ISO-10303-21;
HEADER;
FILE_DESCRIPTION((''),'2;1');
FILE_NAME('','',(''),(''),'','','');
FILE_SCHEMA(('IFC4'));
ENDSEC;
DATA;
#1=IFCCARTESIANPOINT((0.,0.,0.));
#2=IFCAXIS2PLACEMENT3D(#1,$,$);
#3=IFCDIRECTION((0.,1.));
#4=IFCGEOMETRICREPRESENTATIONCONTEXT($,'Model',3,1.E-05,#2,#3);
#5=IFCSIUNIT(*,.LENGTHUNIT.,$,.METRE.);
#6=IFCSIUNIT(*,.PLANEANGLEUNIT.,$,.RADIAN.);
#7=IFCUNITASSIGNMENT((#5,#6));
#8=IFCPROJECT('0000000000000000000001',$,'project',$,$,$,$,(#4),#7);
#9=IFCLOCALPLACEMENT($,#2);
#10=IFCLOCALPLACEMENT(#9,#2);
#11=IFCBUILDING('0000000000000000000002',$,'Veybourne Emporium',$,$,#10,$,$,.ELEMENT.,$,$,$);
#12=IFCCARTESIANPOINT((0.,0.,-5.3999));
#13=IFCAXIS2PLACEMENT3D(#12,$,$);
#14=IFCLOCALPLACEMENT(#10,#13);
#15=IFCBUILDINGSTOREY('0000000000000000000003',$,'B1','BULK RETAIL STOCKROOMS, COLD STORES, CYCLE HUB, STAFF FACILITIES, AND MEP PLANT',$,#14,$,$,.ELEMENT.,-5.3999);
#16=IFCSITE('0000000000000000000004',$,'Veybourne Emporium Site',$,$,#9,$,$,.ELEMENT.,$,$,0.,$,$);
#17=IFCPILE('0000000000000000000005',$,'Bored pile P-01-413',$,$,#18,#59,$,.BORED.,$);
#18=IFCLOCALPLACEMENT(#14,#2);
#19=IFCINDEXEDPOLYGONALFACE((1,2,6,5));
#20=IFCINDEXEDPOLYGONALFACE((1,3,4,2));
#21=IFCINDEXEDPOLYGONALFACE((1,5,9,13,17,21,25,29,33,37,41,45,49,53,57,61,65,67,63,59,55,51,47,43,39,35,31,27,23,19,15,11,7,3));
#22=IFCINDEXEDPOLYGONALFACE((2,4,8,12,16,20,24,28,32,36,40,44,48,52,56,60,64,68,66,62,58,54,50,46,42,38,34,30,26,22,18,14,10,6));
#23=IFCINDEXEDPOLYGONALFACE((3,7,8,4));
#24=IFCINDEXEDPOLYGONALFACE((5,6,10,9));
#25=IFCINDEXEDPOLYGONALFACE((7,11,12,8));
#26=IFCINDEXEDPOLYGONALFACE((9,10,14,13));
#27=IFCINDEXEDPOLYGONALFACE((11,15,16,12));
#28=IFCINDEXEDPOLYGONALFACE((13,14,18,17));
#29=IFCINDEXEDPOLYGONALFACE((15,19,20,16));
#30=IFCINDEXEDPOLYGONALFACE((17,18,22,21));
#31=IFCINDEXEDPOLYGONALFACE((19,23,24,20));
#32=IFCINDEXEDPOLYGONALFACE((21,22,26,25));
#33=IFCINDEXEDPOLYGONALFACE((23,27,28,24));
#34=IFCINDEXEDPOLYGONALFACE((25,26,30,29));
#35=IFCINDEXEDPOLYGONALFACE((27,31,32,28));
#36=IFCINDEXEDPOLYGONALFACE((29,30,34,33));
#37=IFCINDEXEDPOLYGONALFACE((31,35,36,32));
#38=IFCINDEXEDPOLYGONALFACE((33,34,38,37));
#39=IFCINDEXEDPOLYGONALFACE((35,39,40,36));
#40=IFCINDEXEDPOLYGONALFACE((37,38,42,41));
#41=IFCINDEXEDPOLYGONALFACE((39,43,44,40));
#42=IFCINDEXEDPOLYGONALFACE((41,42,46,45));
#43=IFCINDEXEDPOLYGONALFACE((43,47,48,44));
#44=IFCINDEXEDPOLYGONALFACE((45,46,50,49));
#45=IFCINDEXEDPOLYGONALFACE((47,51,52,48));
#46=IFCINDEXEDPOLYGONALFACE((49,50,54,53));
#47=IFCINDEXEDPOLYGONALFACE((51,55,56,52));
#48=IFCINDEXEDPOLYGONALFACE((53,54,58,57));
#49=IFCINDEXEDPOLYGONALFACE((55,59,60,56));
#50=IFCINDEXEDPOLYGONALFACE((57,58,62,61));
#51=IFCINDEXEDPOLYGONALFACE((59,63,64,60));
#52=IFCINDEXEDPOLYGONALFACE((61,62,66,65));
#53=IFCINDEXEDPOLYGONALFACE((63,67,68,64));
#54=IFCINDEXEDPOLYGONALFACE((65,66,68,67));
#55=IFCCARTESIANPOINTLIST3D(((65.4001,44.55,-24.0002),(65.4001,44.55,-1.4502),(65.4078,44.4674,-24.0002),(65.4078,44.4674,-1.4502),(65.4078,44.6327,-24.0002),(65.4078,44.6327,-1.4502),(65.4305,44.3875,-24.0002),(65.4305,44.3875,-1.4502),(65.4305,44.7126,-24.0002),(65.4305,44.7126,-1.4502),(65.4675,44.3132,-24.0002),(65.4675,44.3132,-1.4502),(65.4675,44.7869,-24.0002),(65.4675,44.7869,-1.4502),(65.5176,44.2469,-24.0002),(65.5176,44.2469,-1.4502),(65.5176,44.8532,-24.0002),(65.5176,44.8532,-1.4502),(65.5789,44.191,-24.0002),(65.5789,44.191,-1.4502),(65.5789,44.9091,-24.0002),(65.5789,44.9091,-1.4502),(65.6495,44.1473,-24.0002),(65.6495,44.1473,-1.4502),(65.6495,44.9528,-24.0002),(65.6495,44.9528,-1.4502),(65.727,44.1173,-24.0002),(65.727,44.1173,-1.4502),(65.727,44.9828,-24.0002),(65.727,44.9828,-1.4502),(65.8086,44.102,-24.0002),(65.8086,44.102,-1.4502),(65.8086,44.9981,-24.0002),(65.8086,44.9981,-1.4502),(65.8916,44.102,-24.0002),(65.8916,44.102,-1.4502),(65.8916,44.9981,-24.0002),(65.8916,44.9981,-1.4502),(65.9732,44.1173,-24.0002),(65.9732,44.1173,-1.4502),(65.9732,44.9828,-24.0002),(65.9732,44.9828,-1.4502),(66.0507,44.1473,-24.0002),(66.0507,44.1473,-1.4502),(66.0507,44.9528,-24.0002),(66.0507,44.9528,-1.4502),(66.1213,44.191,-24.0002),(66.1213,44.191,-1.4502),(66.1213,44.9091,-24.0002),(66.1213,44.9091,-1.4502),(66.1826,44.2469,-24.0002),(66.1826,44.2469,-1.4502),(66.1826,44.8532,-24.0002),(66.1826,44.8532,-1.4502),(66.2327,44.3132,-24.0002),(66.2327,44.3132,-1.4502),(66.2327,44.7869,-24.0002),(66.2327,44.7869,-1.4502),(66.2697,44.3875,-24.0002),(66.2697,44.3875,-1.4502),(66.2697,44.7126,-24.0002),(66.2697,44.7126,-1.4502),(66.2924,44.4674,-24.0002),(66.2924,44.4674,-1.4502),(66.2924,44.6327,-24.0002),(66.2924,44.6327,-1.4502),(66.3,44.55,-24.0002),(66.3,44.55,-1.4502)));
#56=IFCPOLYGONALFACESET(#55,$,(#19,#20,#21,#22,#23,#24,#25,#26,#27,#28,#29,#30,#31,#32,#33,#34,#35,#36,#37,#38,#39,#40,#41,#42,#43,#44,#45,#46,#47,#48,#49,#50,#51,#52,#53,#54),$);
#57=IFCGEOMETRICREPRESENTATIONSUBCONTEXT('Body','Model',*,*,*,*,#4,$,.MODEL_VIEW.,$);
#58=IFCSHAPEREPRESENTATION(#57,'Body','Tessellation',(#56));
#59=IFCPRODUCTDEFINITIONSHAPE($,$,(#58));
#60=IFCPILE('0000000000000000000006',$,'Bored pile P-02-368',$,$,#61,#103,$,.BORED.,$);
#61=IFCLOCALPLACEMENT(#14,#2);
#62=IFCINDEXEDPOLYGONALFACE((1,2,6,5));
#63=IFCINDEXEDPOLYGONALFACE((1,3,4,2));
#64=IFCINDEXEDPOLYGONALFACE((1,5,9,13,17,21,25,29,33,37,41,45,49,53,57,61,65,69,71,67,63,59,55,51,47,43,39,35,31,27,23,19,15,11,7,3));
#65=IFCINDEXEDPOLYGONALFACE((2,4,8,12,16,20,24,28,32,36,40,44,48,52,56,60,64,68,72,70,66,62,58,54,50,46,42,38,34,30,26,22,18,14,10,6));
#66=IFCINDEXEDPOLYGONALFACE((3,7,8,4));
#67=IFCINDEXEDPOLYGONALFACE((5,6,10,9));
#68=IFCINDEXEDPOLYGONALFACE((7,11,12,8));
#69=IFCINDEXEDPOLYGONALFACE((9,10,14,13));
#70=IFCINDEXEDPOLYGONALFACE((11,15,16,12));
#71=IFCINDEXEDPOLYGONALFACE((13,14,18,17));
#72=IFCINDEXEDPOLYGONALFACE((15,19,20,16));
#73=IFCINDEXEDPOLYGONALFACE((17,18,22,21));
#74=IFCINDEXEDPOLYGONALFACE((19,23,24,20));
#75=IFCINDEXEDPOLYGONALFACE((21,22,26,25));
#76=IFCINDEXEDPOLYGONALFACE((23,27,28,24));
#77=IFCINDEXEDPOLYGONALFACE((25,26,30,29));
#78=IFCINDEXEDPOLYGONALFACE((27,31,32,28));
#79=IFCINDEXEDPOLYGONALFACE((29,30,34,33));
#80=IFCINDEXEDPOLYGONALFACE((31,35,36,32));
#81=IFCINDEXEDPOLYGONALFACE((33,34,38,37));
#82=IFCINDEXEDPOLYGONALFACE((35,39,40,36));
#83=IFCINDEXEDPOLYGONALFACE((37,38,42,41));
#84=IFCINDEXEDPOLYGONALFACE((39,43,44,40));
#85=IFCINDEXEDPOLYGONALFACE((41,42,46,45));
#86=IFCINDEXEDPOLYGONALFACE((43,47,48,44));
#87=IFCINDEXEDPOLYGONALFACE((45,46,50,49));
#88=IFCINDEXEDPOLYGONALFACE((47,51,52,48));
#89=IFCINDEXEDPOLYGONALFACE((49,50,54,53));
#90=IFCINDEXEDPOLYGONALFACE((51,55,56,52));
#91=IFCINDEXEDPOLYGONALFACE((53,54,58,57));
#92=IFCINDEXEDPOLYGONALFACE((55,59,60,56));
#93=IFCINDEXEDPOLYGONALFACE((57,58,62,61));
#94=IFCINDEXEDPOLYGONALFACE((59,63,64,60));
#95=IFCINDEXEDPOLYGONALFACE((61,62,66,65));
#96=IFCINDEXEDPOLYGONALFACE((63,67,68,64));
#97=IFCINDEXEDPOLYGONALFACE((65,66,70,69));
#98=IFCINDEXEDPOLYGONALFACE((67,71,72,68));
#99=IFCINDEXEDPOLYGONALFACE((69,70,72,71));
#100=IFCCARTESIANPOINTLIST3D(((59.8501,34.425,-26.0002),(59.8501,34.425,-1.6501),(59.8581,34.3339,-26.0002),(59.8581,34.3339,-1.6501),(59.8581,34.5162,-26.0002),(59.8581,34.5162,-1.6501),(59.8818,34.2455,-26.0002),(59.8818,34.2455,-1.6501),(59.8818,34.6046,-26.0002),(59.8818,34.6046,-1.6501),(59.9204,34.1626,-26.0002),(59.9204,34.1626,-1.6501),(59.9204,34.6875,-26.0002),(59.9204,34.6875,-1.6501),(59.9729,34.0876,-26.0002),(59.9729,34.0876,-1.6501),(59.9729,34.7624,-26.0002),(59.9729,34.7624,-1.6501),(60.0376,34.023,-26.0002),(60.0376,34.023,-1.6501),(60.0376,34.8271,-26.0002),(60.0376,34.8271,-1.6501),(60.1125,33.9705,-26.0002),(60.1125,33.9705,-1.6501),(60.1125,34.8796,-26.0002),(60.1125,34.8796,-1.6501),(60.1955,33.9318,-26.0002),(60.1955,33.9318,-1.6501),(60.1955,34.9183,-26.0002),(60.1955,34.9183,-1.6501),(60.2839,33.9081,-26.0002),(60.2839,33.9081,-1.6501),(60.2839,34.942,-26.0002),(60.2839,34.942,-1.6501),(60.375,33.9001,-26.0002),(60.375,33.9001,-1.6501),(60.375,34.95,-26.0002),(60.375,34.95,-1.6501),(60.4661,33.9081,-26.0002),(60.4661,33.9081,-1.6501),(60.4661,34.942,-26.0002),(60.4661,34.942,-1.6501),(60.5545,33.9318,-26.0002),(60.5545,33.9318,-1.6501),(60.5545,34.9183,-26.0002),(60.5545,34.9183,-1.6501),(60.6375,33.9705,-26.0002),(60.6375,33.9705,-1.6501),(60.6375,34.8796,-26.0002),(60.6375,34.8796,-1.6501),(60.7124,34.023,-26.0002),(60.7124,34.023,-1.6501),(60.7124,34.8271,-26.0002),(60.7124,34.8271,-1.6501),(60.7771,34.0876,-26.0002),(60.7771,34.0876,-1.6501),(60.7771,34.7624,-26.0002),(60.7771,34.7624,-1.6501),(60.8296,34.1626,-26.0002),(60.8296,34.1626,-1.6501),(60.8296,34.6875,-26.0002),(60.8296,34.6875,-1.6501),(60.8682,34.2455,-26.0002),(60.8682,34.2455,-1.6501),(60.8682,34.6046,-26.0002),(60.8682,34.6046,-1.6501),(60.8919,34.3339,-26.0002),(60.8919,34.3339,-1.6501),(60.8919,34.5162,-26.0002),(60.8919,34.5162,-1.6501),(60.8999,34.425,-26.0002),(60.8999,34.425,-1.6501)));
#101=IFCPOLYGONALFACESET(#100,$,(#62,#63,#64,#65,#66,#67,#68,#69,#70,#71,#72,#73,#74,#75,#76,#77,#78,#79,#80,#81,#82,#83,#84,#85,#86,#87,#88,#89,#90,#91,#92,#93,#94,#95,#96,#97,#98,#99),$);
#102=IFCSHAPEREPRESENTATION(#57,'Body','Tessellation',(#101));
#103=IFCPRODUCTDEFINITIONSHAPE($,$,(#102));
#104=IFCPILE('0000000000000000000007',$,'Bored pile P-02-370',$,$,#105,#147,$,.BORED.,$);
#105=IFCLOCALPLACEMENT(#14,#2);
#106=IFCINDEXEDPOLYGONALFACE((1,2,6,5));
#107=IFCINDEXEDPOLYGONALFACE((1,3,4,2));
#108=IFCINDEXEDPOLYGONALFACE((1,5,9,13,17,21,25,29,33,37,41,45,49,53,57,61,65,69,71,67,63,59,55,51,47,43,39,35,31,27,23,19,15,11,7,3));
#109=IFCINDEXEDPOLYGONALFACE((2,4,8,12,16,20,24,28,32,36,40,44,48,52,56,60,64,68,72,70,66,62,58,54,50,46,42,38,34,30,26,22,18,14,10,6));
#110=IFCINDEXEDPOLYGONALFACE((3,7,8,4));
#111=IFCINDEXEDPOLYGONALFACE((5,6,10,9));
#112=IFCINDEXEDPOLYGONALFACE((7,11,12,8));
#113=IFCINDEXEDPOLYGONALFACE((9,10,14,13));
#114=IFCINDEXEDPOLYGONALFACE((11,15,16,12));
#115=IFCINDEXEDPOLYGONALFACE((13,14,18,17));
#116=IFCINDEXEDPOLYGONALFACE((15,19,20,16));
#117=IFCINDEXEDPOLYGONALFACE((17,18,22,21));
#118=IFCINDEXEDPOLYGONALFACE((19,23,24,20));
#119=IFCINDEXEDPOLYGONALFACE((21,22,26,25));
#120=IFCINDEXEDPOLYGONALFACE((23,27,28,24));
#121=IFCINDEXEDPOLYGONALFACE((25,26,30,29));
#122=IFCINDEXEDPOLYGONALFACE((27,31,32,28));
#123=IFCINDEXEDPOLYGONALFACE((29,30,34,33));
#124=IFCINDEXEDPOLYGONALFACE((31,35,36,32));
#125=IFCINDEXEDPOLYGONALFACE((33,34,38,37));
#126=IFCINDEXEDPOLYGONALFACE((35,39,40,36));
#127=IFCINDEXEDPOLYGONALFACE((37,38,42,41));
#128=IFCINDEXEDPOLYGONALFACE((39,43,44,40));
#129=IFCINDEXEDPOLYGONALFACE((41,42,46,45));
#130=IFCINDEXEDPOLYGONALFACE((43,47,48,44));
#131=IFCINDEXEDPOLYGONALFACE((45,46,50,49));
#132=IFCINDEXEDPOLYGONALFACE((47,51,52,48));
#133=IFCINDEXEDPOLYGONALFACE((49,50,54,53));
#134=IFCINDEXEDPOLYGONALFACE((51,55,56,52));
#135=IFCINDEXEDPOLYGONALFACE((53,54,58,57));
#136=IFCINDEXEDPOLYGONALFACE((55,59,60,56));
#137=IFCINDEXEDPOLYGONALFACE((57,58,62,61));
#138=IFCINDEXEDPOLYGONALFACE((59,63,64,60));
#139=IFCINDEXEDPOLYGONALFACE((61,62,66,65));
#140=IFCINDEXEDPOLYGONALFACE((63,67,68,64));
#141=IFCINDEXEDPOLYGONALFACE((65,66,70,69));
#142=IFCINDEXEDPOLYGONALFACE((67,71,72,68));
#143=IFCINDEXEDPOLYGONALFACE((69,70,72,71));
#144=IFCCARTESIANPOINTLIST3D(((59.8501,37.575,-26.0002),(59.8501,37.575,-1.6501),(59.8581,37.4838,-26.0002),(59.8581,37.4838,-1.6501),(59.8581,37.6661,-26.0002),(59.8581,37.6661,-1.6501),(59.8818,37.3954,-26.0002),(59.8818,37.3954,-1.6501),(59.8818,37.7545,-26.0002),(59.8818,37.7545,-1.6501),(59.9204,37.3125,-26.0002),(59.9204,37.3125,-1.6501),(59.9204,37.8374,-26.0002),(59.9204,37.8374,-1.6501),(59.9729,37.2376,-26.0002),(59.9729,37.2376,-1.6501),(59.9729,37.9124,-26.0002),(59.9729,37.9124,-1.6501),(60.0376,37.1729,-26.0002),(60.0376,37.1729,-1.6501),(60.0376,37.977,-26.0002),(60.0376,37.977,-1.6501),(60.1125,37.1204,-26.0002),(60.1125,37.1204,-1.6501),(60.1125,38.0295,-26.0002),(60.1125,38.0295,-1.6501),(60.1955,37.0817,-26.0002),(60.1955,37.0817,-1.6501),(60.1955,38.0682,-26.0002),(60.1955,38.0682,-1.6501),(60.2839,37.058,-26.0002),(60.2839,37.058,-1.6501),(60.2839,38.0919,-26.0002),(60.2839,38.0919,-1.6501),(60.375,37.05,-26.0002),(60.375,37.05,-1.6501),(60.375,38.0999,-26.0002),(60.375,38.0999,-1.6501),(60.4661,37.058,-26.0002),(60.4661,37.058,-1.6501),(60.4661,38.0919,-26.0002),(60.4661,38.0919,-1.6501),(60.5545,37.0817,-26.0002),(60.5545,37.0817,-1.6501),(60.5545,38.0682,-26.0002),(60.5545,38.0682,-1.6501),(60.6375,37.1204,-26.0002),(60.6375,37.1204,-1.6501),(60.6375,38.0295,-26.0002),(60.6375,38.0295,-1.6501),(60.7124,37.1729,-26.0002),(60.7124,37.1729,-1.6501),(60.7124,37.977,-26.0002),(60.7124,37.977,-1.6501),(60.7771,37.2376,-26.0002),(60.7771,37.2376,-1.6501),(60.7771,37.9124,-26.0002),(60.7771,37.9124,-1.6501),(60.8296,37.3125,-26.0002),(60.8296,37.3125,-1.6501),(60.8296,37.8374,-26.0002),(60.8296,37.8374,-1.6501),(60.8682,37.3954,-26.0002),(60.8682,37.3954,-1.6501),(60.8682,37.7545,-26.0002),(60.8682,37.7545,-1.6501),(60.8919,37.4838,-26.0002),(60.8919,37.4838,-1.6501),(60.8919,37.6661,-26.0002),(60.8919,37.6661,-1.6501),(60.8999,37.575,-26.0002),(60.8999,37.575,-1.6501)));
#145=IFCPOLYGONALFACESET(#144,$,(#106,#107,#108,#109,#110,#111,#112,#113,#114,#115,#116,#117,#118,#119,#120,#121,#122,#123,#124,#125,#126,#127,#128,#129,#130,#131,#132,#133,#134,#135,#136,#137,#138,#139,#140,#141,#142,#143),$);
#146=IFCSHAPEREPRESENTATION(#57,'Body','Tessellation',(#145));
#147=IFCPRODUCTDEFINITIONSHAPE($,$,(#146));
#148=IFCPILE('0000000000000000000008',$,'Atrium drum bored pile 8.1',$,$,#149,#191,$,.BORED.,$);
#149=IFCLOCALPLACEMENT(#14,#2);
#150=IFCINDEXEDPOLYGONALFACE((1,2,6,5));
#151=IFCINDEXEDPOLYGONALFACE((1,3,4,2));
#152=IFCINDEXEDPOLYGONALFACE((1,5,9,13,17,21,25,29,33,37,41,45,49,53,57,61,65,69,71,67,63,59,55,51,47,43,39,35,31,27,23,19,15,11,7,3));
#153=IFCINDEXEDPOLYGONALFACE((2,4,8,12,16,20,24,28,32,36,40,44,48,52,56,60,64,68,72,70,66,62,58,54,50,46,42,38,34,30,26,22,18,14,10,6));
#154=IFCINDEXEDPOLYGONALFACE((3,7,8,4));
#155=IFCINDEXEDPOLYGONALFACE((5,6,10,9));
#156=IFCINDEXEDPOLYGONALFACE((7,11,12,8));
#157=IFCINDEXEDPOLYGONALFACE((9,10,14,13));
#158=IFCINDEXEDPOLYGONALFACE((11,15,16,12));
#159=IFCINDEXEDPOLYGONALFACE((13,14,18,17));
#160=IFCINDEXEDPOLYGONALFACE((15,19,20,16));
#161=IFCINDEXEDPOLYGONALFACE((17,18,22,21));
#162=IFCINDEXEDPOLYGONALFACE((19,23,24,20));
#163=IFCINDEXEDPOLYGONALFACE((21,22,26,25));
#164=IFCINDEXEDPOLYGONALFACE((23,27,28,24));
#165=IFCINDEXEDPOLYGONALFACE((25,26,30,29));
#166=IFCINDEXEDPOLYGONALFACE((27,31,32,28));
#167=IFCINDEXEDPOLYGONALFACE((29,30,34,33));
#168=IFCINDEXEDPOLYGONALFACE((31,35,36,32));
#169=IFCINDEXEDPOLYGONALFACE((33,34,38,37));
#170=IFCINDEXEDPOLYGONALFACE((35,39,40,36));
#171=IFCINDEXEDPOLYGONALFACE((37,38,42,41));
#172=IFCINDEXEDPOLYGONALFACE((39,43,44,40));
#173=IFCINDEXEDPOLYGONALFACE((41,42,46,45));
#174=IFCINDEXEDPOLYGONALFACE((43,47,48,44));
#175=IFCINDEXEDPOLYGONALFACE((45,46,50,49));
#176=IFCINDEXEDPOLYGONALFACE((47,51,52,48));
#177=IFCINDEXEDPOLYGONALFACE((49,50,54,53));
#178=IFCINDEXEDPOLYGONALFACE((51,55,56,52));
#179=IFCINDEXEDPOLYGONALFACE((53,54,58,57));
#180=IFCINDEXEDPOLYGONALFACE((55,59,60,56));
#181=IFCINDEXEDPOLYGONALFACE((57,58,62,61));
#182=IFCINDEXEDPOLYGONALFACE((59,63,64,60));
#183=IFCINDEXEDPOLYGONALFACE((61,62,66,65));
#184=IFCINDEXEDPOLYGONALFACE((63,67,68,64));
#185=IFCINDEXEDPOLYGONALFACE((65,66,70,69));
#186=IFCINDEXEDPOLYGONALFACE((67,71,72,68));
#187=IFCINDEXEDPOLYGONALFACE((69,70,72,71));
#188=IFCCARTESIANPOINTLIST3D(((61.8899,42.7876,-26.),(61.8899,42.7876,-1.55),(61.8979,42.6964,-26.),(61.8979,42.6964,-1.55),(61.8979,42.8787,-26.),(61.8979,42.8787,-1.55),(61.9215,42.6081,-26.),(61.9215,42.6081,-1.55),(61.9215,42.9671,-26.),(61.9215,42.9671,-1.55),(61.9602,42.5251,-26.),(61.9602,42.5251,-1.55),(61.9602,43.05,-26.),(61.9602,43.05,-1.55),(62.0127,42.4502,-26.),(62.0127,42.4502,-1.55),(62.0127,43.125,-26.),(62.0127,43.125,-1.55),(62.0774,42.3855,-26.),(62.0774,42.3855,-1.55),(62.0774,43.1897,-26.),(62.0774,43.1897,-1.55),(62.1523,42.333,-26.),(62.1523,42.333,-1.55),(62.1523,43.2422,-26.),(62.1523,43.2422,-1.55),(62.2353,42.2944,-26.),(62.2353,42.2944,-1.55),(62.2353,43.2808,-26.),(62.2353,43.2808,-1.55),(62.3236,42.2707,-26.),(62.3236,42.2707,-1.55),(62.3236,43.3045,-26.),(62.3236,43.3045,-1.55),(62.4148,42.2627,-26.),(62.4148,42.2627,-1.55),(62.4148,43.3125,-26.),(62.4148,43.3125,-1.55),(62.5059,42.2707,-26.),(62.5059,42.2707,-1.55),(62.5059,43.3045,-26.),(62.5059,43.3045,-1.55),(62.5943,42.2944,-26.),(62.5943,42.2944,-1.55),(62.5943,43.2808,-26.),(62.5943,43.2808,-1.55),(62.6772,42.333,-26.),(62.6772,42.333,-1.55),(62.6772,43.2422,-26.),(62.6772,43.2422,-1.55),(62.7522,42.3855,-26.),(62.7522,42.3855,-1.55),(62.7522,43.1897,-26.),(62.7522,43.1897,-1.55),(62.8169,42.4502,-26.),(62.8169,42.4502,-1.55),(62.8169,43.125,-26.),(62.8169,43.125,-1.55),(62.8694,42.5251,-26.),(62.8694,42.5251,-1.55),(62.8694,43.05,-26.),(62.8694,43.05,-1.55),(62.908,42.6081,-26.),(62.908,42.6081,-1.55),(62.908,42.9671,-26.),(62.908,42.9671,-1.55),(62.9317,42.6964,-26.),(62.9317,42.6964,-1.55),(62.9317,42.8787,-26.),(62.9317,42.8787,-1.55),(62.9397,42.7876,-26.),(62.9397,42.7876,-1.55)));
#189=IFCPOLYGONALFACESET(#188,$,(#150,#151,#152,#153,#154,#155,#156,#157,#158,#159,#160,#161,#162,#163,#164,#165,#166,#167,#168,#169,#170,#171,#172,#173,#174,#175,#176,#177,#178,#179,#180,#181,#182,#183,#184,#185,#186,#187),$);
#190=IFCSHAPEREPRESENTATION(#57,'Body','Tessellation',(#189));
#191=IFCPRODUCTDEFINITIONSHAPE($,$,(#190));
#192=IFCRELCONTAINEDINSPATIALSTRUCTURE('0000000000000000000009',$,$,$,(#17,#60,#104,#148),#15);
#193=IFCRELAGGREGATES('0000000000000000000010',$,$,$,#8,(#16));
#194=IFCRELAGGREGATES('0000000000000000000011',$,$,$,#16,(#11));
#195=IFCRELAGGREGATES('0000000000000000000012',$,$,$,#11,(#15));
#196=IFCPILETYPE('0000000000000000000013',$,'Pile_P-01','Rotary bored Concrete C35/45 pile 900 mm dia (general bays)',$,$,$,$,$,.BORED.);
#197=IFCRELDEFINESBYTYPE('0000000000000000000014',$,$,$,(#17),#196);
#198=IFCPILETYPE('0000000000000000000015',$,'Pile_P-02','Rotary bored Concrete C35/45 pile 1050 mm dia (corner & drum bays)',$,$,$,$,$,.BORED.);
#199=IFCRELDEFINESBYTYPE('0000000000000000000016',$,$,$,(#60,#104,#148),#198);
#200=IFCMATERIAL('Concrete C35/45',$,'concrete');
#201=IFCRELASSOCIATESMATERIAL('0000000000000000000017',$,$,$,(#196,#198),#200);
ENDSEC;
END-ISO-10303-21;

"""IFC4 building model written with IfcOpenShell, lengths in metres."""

from ifc_helpers import new_model, si_unit, direction, frame, origin, origin_2d, place, context, subcontext, project, spatial, circle, extrude, material, material_profile, profile_set, type_object, element, save


model = new_model("IFC4")

# Units and contexts
model_context = context("Model", 3, precision=1e-05, world=origin(), true_north=direction((0.0, 1.0)))
body_context = subcontext(model_context, "Body", "Model", "MODEL_VIEW")
ifc_project = project(units=[si_unit("LENGTHUNIT", "METRE"), si_unit("PLANEANGLEUNIT", "RADIAN")], contexts=[model_context])

# Site, building, storey
site_placement = place(None, origin())
site = spatial("IfcSite", under=ifc_project, at=site_placement, Name="Veybourne Emporium Site", CompositionType="ELEMENT", RefElevation=0.0)
building_placement = place(site_placement, origin())
building = spatial("IfcBuilding", under=site, at=building_placement, Name="Veybourne Emporium", CompositionType="ELEMENT")
storey_placement = place(building_placement, frame((0.0, 0.0, -5.3999)))
storey = spatial("IfcBuildingStorey", under=building, at=storey_placement, Name="B1", Description="BULK RETAIL STOCKROOMS, COLD STORES, CYCLE HUB, STAFF FACILITIES, AND MEP PLANT", CompositionType="ELEMENT", Elevation=-5.3999)

# Shared definitions
ifc_material_1 = material(Name="Concrete C35/45", Category="concrete")

# Piles
ifc_material_profile_1 = material_profile(ifc_material_1, circle(Radius=0.45, at=origin_2d()), Name="BORED PILE 900")
ifc_profile_set_1 = profile_set([ifc_material_profile_1], Name="Concrete C35/45")
pile_type_1 = type_object("IfcPileType", Name="Pile_P-01", Description="Rotary bored Concrete C35/45 pile 900 mm dia (general bays)", PredefinedType="BORED", material=ifc_profile_set_1)
for number, where, z_axis, x_axis, name in (
    (1, (65.8501, 44.55, -1.4502), (0.0, 0.0, -1.0), (1.0, 0.0, 0.0), "Bored pile P-01-413"),
):
    element("IfcPile", number, at=place(storey_placement, frame(where, z_axis=z_axis, x_axis=x_axis)), inside=storey, type_object=pile_type_1, Name=name, PredefinedType="BORED", context=body_context, shape_type="SweptSolid", body=[
        extrude(circle(Radius=0.45, at=origin_2d()), origin(), (0.0, 0.0, 1.0), 22.55),
    ])
ifc_material_profile_2 = material_profile(ifc_material_1, circle(Radius=0.5249, at=origin_2d()), Name="BORED PILE 1050")
ifc_profile_set_2 = profile_set([ifc_material_profile_2], Name="Concrete C35/45")
pile_type_2 = type_object("IfcPileType", Name="Pile_P-02", Description="Rotary bored Concrete C35/45 pile 1050 mm dia (corner & drum bays)", PredefinedType="BORED", material=ifc_profile_set_2)
for number, where, z_axis, x_axis, name in (
    (2, (60.375, 34.425, -1.6501), (0.0, 0.0, -1.0), (1.0, 0.0, 0.0), "Bored pile P-02-368"),
    (3, (60.375, 37.575, -1.6501), (0.0, 0.0, -1.0), (1.0, 0.0, 0.0), "Bored pile P-02-370"),
):
    element("IfcPile", number, at=place(storey_placement, frame(where, z_axis=z_axis, x_axis=x_axis)), inside=storey, type_object=pile_type_2, Name=name, PredefinedType="BORED", context=body_context, shape_type="SweptSolid", body=[
        extrude(circle(Radius=0.5249, at=origin_2d()), origin(), (0.0, 0.0, 1.0), 24.3501),
    ])
for number, where, z_axis, x_axis, name in (
    (4, (62.4148, 42.7876, -1.55), (0.0, 0.0, -1.0), (1.0, 0.0, 0.0), "Atrium drum bored pile 8.1"),
):
    element("IfcPile", number, at=place(storey_placement, frame(where, z_axis=z_axis, x_axis=x_axis)), inside=storey, type_object=pile_type_2, Name=name, PredefinedType="BORED", context=body_context, shape_type="SweptSolid", body=[
        extrude(circle(Radius=0.5249, at=origin_2d()), origin(), (0.0, 0.0, 1.0), 24.45),
    ])

save(model, "model.ifc")
